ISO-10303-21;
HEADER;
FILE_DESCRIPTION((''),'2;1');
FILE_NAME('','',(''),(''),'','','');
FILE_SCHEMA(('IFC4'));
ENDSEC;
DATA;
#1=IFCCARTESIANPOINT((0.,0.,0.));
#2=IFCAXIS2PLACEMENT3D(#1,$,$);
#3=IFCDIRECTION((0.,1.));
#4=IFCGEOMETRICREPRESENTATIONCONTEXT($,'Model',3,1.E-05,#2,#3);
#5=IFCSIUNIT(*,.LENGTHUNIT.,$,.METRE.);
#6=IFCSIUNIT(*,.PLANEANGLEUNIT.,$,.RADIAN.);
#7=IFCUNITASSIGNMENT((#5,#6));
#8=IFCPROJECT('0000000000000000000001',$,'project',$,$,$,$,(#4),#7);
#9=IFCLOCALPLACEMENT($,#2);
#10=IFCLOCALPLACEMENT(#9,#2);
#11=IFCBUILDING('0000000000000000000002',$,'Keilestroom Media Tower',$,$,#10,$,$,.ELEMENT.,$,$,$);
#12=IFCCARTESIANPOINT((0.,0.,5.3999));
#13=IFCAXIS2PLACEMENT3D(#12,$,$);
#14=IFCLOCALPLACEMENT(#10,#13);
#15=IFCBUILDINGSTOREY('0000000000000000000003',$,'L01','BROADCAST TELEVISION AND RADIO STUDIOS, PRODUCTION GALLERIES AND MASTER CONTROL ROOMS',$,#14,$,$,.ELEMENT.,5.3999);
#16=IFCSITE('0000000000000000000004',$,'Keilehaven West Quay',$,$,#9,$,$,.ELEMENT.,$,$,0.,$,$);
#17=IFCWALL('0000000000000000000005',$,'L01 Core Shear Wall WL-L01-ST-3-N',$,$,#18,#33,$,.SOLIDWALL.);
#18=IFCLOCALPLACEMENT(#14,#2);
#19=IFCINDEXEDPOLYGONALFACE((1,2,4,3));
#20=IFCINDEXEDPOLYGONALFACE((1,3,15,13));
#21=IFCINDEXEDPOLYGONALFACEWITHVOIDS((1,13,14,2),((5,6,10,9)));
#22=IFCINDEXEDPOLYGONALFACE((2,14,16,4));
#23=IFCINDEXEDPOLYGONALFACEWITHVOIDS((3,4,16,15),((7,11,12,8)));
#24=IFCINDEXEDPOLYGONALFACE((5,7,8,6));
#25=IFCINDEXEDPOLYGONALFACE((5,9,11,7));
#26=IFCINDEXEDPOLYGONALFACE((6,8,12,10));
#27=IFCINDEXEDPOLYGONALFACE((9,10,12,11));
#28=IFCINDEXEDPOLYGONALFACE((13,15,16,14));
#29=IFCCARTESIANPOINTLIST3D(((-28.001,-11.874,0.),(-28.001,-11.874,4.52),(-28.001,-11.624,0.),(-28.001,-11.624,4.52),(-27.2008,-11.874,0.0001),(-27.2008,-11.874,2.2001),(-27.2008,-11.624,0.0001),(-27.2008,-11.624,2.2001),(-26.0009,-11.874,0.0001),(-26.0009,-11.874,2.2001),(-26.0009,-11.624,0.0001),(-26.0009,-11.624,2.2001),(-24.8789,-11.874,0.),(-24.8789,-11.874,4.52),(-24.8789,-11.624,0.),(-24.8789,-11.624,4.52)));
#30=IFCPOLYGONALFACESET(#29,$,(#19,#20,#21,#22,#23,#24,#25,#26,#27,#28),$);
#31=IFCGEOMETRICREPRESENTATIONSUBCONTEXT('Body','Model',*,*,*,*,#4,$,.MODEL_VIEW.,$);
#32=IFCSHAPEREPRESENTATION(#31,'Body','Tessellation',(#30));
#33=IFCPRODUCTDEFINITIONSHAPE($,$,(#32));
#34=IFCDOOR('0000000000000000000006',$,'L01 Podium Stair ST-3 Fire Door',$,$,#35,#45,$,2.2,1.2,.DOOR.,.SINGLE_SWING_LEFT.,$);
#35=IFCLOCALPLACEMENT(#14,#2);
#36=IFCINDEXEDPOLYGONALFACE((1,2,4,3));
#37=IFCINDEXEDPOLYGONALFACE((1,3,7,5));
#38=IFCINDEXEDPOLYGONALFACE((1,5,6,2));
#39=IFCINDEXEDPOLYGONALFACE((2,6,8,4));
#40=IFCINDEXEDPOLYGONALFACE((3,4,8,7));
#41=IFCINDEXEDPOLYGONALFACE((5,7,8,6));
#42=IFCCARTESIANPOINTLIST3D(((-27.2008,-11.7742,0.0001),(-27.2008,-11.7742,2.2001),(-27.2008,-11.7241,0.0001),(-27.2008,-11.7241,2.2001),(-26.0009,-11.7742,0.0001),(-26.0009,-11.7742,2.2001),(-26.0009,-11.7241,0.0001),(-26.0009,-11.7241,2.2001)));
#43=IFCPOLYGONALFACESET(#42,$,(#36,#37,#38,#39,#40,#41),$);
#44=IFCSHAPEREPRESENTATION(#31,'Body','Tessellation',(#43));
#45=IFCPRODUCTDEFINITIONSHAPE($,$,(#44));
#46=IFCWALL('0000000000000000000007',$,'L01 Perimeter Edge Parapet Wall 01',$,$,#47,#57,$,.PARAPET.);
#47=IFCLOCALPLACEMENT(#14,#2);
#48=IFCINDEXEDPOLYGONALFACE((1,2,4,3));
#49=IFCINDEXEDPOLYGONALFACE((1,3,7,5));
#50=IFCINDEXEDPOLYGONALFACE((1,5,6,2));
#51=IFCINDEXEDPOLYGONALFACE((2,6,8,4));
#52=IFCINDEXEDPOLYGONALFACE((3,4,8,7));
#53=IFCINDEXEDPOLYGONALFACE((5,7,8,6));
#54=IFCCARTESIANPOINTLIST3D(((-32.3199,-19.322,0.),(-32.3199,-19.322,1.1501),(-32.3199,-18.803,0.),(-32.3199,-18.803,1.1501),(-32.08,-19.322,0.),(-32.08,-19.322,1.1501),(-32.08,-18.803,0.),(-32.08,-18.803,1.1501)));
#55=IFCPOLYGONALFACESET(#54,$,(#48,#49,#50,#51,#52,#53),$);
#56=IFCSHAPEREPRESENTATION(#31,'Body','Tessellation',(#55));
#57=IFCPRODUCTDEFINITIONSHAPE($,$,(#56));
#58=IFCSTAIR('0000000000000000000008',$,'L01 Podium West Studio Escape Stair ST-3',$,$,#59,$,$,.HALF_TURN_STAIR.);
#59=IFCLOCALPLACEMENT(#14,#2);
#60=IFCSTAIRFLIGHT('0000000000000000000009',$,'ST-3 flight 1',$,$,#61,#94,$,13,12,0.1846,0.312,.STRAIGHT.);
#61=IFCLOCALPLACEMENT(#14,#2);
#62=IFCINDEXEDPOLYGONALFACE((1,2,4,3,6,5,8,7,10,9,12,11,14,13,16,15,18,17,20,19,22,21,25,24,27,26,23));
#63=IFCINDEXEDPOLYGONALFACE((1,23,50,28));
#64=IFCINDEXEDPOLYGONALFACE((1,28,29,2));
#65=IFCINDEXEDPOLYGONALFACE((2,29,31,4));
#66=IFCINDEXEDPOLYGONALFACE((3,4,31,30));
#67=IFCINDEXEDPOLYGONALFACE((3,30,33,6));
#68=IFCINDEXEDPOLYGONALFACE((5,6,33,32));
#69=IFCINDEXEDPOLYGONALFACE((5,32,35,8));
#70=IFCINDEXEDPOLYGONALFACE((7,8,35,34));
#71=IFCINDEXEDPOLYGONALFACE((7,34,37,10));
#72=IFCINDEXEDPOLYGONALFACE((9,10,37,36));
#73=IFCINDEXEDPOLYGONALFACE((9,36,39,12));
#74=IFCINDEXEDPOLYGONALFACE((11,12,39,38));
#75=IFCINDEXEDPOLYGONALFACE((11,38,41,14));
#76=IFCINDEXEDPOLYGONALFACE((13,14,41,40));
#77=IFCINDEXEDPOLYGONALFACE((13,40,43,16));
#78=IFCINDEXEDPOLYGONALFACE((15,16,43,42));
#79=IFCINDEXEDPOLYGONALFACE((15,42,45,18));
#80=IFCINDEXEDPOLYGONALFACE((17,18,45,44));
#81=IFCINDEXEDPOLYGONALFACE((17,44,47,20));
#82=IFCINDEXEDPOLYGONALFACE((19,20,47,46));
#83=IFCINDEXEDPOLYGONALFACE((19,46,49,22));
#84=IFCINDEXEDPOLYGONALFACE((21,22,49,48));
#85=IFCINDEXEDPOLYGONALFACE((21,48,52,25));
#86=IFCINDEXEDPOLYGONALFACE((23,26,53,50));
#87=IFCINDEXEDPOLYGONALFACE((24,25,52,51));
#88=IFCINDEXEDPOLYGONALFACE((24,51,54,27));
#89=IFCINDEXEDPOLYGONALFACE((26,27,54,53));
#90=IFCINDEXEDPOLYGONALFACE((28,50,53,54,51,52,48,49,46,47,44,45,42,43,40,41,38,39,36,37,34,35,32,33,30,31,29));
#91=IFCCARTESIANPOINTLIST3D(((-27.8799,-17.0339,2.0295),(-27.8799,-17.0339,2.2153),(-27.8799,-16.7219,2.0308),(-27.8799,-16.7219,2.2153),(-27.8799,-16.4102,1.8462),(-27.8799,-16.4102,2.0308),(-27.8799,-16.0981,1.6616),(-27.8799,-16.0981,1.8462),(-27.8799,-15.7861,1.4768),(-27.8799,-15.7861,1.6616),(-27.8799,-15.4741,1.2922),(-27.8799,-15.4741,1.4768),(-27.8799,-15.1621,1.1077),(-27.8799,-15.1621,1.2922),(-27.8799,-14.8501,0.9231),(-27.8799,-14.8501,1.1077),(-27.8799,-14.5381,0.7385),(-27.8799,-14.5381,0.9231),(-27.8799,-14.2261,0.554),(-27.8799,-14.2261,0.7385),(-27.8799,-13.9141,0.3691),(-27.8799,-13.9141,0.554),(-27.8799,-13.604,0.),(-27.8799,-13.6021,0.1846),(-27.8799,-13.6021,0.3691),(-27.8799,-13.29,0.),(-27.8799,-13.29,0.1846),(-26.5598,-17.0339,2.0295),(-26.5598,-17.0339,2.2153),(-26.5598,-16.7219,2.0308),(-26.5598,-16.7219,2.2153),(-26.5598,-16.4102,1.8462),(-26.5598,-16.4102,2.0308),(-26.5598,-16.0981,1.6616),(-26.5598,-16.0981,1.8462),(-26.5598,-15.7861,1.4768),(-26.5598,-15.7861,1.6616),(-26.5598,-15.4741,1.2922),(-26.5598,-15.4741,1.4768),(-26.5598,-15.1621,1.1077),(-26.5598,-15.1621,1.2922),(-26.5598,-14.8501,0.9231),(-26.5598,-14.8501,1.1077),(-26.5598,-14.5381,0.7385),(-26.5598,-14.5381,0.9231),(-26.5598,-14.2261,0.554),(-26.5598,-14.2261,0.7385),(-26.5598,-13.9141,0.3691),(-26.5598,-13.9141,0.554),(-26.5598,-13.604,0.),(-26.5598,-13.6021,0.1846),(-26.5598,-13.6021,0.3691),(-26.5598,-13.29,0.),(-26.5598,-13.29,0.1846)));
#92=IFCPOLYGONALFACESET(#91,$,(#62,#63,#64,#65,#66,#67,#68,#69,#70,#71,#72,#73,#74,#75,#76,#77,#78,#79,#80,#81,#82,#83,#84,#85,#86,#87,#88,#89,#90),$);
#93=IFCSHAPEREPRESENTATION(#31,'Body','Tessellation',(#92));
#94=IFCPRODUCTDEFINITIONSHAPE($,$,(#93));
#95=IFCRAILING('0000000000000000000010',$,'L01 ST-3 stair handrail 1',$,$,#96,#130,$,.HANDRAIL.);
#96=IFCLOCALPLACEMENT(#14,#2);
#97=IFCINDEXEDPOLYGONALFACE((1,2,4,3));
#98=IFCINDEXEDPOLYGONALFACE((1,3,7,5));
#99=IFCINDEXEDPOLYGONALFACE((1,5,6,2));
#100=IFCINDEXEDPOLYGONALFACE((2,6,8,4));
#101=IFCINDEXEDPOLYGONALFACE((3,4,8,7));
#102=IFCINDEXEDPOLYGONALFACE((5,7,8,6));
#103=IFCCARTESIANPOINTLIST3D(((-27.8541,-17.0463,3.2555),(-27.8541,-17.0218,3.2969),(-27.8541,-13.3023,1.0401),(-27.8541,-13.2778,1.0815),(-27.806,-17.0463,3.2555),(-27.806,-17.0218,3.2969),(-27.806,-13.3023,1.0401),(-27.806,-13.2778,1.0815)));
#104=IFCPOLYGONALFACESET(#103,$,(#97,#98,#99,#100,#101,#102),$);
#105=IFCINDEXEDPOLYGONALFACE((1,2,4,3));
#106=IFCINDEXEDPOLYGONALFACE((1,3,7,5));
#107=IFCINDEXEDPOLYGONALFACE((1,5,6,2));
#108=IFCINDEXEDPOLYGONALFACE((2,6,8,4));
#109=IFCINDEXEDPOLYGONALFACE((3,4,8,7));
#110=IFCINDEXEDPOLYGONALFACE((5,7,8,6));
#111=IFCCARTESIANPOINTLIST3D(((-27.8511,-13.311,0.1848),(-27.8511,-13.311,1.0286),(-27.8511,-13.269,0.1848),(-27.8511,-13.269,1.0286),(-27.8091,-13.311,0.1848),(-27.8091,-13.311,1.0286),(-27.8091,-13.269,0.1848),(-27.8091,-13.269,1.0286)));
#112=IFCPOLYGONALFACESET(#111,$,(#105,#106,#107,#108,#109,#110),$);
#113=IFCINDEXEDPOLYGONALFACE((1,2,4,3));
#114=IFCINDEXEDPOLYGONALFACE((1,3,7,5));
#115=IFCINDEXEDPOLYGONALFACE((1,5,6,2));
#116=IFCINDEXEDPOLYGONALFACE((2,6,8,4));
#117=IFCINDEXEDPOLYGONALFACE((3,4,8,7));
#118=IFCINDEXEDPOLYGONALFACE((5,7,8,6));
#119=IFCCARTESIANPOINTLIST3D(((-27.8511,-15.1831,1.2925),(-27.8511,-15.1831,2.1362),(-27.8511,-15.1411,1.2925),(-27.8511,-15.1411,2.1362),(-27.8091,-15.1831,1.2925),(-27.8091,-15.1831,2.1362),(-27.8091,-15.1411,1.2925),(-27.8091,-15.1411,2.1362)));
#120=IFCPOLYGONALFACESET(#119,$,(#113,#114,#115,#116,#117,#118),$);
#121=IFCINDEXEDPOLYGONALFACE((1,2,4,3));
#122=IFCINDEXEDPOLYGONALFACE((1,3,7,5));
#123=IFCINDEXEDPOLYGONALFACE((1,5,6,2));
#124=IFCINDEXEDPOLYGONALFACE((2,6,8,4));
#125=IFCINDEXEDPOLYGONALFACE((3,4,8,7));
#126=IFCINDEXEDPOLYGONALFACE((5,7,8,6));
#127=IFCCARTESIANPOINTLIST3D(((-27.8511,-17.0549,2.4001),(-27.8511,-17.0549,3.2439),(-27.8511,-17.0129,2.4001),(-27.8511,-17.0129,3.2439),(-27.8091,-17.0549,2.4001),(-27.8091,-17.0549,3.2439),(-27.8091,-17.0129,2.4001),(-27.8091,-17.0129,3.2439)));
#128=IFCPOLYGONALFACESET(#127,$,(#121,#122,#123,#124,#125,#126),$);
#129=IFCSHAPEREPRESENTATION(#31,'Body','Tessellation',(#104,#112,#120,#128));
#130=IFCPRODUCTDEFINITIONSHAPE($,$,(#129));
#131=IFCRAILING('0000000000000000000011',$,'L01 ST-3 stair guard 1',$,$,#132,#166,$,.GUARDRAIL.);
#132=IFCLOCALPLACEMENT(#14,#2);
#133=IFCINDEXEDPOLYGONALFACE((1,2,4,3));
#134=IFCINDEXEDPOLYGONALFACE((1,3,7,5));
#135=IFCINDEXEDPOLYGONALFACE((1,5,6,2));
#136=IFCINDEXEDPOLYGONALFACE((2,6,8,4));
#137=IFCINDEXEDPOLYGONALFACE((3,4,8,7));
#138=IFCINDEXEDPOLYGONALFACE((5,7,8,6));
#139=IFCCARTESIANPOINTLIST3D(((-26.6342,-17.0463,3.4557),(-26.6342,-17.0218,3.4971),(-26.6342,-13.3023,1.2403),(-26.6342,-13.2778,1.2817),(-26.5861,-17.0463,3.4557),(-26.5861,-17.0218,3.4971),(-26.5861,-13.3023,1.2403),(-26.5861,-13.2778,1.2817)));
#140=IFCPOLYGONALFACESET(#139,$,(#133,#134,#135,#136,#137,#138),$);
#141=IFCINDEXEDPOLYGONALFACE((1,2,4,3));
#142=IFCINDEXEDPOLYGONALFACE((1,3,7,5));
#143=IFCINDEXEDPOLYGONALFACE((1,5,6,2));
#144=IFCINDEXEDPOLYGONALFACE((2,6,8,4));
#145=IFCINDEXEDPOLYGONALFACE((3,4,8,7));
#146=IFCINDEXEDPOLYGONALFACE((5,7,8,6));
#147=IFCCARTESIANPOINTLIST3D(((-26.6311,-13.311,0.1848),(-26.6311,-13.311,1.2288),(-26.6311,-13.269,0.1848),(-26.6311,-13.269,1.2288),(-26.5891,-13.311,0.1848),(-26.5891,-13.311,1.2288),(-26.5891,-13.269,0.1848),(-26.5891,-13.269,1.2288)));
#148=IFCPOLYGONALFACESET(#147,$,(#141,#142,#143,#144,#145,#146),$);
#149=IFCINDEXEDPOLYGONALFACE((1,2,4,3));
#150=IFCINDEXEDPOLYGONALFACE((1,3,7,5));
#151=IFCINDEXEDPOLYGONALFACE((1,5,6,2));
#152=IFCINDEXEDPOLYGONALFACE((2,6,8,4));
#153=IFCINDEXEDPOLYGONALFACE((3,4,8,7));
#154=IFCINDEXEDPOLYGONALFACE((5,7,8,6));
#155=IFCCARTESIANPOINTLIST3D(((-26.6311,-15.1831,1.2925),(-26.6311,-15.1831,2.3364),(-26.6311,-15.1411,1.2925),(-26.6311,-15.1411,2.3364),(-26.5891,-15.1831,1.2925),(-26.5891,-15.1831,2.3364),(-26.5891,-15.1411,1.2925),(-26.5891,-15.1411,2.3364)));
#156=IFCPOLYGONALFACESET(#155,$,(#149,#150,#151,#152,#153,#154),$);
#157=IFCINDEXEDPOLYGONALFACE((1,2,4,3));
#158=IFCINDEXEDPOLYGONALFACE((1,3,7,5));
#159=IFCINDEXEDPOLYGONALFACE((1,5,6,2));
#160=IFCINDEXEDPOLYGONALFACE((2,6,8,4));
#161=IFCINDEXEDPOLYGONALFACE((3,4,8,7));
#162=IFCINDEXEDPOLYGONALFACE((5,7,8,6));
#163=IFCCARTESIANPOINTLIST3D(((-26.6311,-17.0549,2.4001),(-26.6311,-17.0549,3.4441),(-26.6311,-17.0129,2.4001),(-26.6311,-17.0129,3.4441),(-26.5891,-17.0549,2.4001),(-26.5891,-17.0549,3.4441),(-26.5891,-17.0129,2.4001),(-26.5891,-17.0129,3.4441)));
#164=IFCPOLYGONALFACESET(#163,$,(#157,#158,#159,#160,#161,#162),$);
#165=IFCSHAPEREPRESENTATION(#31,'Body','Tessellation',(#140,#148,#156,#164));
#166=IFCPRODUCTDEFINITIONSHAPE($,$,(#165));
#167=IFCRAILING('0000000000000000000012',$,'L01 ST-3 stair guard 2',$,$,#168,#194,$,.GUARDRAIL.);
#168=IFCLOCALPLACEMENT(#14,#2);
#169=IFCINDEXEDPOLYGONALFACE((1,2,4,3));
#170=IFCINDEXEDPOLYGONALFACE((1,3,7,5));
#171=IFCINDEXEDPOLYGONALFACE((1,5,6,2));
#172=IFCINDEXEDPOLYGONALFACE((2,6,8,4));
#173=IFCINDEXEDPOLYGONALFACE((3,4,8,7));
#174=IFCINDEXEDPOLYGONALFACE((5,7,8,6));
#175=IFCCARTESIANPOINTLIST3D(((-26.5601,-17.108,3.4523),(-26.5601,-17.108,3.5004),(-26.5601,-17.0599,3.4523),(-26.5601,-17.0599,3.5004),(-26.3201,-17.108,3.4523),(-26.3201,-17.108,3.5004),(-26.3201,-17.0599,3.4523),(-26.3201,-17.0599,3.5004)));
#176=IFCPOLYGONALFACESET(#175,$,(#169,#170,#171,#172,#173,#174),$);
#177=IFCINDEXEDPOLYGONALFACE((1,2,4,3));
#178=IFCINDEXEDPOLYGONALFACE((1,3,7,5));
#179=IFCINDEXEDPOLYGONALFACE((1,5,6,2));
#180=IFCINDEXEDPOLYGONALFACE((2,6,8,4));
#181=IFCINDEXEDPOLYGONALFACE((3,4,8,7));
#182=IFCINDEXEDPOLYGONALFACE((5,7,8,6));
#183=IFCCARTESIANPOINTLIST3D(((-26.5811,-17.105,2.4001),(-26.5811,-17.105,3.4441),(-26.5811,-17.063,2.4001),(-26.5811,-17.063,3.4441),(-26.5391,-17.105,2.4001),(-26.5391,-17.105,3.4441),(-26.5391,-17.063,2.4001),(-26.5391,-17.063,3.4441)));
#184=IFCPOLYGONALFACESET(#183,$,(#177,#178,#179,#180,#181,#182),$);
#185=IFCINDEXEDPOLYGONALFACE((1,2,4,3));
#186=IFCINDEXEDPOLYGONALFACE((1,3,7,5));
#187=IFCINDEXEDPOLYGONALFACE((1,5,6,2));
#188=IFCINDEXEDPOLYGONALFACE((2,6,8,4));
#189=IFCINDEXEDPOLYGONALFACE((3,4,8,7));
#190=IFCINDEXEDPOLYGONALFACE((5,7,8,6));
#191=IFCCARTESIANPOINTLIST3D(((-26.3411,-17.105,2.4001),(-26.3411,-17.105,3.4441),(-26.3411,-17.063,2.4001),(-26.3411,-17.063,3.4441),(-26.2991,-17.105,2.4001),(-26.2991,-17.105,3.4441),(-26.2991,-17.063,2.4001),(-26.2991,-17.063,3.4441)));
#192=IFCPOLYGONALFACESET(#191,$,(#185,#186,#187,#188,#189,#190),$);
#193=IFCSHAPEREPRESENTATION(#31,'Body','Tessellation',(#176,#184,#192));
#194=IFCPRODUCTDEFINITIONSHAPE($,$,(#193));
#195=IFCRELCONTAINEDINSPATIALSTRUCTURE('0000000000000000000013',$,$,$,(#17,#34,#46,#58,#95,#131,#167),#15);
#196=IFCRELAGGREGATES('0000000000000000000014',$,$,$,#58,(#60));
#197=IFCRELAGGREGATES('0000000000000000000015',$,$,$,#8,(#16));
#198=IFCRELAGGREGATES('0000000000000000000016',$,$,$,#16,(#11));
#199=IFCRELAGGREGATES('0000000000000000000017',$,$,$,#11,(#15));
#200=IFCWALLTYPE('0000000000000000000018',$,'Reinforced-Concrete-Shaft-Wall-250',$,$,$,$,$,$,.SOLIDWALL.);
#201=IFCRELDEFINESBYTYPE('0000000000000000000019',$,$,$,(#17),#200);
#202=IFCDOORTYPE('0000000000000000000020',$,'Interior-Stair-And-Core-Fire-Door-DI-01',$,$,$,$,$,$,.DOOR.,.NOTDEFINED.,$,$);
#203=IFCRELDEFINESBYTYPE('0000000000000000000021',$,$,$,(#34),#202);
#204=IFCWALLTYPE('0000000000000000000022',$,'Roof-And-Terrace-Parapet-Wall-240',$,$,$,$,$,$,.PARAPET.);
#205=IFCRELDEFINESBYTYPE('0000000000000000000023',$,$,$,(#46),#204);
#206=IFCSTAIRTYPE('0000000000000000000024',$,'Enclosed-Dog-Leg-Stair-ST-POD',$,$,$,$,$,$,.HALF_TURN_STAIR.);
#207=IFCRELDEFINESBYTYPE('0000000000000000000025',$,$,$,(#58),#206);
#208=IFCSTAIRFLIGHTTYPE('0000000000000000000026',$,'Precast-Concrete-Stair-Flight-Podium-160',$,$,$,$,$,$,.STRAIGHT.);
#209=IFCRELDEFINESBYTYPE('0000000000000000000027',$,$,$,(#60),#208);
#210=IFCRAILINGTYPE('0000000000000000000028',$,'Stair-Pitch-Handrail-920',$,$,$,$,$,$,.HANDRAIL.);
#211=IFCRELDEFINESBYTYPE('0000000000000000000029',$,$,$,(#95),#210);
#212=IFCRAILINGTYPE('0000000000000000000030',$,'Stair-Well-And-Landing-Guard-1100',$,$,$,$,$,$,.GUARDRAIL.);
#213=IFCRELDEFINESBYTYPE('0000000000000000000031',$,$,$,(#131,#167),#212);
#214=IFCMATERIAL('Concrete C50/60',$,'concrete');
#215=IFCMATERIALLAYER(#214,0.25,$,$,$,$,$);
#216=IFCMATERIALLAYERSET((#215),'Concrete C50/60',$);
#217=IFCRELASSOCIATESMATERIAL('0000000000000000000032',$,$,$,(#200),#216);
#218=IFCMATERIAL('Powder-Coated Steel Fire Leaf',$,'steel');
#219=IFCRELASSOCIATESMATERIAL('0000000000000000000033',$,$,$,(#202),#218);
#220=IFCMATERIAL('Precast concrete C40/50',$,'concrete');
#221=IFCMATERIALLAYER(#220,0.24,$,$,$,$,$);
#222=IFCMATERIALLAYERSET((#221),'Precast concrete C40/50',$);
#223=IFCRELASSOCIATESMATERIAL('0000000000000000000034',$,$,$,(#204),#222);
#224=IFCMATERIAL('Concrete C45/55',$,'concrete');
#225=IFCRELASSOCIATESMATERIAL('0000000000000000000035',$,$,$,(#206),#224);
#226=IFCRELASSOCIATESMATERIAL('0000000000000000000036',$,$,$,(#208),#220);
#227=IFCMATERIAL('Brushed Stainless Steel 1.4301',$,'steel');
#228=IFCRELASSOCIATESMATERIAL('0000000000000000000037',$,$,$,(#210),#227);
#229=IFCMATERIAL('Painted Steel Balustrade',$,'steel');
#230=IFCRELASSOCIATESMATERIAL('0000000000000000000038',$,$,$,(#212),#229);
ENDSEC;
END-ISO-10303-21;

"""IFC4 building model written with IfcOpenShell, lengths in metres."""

from ifc_helpers import new_model, si_unit, direction, frame, frame_2d, origin, origin_2d, place, context, subcontext, project, spatial, polyline, rectangle, outline, extrude, source, transform, mapped, material, layer, layer_set, type_object, element, fill, aggregate, save


model = new_model("IFC4")

# Units and contexts
model_context = context("Model", 3, precision=1e-05, world=origin(), true_north=direction((0.0, 1.0)))
body_context = subcontext(model_context, "Body", "Model", "MODEL_VIEW")
ifc_project = project(units=[si_unit("LENGTHUNIT", "METRE"), si_unit("PLANEANGLEUNIT", "RADIAN")], contexts=[model_context])

# Site, building, storey
site_placement = place(None, origin())
site = spatial("IfcSite", under=ifc_project, at=site_placement, Name="Keilehaven West Quay", CompositionType="ELEMENT", RefElevation=0.0)
building_placement = place(site_placement, origin())
building = spatial("IfcBuilding", under=site, at=building_placement, Name="Keilestroom Media Tower", CompositionType="ELEMENT")
storey_placement = place(building_placement, frame((0.0, 0.0, 5.3999)))
storey = spatial("IfcBuildingStorey", under=building, at=storey_placement, Name="L01", Description="BROADCAST TELEVISION AND RADIO STUDIOS, PRODUCTION GALLERIES AND MASTER CONTROL ROOMS", CompositionType="ELEMENT", Elevation=5.3999)

# Shared definitions
ifc_material_1 = material(Name="Precast concrete C40/50", Category="concrete")

# Shared definitions
ifc_material_2 = material(Name="Concrete C50/60", Category="concrete")
ifc_layer_1 = layer(ifc_material_2, 0.25)
ifc_layer_set_1 = layer_set([ifc_layer_1], Name="Concrete C50/60")
wall_type_1 = type_object("IfcWallType", Name="Reinforced-Concrete-Shaft-Wall-250", PredefinedType="SOLIDWALL", material=ifc_layer_set_1)

# Wall, opening, door
wall_1_placement = place(storey_placement, frame((-28.001, -11.749, 0.0), z_axis=(0.0, 0.0, 1.0), x_axis=(1.0, 0.0, 0.0)))
wall_1 = element("IfcWall", 1, at=wall_1_placement, inside=storey, type_object=wall_type_1, Name="L01 Core Shear Wall WL-L01-ST-3-N", PredefinedType="SOLIDWALL", context=body_context, shape_type="SweptSolid", body=[
    extrude(rectangle(XDim=3.1221, YDim=0.25, at=frame_2d((1.561, 0.0))), origin(), (0.0, 0.0, 1.0), 4.52),
])
opening_1_placement = place(wall_1_placement, frame((0.8, 0.0, 0.0)))
opening_1 = element("IfcOpeningElement", 2, at=opening_1_placement, cuts=wall_1, PredefinedType="OPENING", context=body_context, shape_type="SweptSolid", body=[
    extrude(rectangle(XDim=1.2, YDim=2.2, at=frame_2d((0.6001, 1.1001))), frame((0.0, 0.135, 0.0), z_axis=(0.0, -1.0, 0.0), x_axis=(1.0, 0.0, 0.0)), (0.0, 0.0, 1.0), 0.27),
])
ifc_material_3 = material(Name="Powder-Coated Steel Fire Leaf", Category="steel")
door_type = type_object("IfcDoorType", Name="Interior-Stair-And-Core-Fire-Door-DI-01", OperationType="NOTDEFINED", PredefinedType="DOOR", material=ifc_material_3)
shared_shape_1 = source(origin(), body_context, "Body", "SweptSolid", [
    extrude(rectangle(XDim=1.2, YDim=2.2, at=frame_2d((0.6001, 1.1001))), frame((0.0, 0.0249, 0.0), z_axis=(0.0, -1.0, 0.0), x_axis=(1.0, 0.0, 0.0)), (0.0, 0.0, 1.0), 0.05),
])
door_placement = place(opening_1_placement, origin())
door = element("IfcDoor", 3, at=door_placement, inside=storey, type_object=door_type, Name="L01 Podium Stair ST-3 Fire Door", OperationType="SINGLE_SWING_LEFT", OverallHeight=2.2, OverallWidth=1.2, PredefinedType="DOOR", context=body_context, shape_type="MappedRepresentation", body=[
    mapped(shared_shape_1, transform((0.0, 0.0, 0.0), x_axis=(1.0, 0.0, 0.0), y_axis=(0.0, 1.0, 0.0), z_axis=(0.0, 0.0, 1.0), scale=1.0)),
])
fill(opening_1, door)

# Wall
ifc_layer_2 = layer(ifc_material_1, 0.24)
ifc_layer_set_2 = layer_set([ifc_layer_2], Name="Precast concrete C40/50")
wall_type_2 = type_object("IfcWallType", Name="Roof-And-Terrace-Parapet-Wall-240", PredefinedType="PARAPET", material=ifc_layer_set_2)
wall_2_placement = place(storey_placement, frame((-32.2, -19.322, 0.0), z_axis=(0.0, 0.0, 1.0), x_axis=(0.0, 1.0, 0.0)))
element("IfcWall", 4, at=wall_2_placement, inside=storey, type_object=wall_type_2, Name="L01 Perimeter Edge Parapet Wall 01", PredefinedType="PARAPET", context=body_context, shape_type="SweptSolid", body=[
    extrude(rectangle(XDim=0.519, YDim=0.24, at=frame_2d((0.2595, 0.0))), origin(), (0.0, 0.0, 1.0), 1.1501),
])

# Stair, stair flight
ifc_material_4 = material(Name="Concrete C45/55", Category="concrete")
stair_type = type_object("IfcStairType", Name="Enclosed-Dog-Leg-Stair-ST-POD", PredefinedType="HALF_TURN_STAIR", material=ifc_material_4)
stair_placement = place(storey_placement, origin())
stair = element("IfcStair", 5, at=stair_placement, inside=storey, type_object=stair_type, Name="L01 Podium West Studio Escape Stair ST-3", PredefinedType="HALF_TURN_STAIR")
stair_flight_type = type_object("IfcStairFlightType", Name="Precast-Concrete-Stair-Flight-Podium-160", PredefinedType="STRAIGHT", material=ifc_material_1)
stair_flight_placement = place(storey_placement, frame((-27.22, -13.29, 0.0), z_axis=(0.0, 0.0, 1.0), x_axis=(0.0, -1.0, 0.0)))
stair_flight = element("IfcStairFlight", 6, at=stair_flight_placement, type_object=stair_flight_type, Name="ST-3 flight 1", NumberOfRisers=13, NumberOfTreads=12, PredefinedType="STRAIGHT", RiserHeight=0.1846, TreadLength=0.312, context=body_context, shape_type="SweptSolid", body=[
    extrude(outline(polyline([(0.0, 0.0), (0.0, 0.1846), (0.312, 0.1846), (0.312, 0.3691), (0.624, 0.3691), (0.624, 0.554), (0.936, 0.554), (0.936, 0.7385), (1.248, 0.7385), (1.248, 0.9231), (1.5601, 0.9231), (1.5601, 1.1077), (1.8721, 1.1077), (1.8721, 1.2922), (2.1841, 1.2922), (2.1841, 1.4768), (2.4961, 1.4768), (2.4961, 1.6616), (2.8081, 1.6616), (2.8081, 1.8462), (3.1201, 1.8462), (3.1201, 2.0308), (3.4319, 2.0308), (3.4319, 2.2153), (3.7439, 2.2153), (3.7439, 2.3999), (3.7439, 2.0295), (0.314, 0.0), (0.0, 0.0)])), frame((0.0, 0.6602, 0.0), z_axis=(0.0, -1.0, 0.0), x_axis=(1.0, 0.0, 0.0)), (0.0, 0.0, 1.0), 1.3201),
])
aggregate(stair, [stair_flight])

# Railings
ifc_material_5 = material(Name="Brushed Stainless Steel 1.4301", Category="steel")
railing_type_1 = type_object("IfcRailingType", Name="Stair-Pitch-Handrail-920", PredefinedType="HANDRAIL", material=ifc_material_5)
railing_1_placement = place(storey_placement, frame((-27.8301, -13.29, 0.1848)))
element("IfcRailing", 7, at=railing_1_placement, inside=storey, type_object=railing_type_1, Name="L01 ST-3 stair handrail 1", PredefinedType="HANDRAIL", context=body_context, shape_type="SweptSolid", body=[
    extrude(rectangle(XDim=0.0481, YDim=0.0481, at=origin_2d()), frame((0.0, 0.0, 0.876), z_axis=(0.0, -0.860621, 0.509245), x_axis=(1.0, 0.0, 0.0)), (0.0, 0.0, 1.0), 4.3503),
    extrude(rectangle(XDim=0.042, YDim=0.042, at=origin_2d()), origin(), (0.0, 0.0, 1.0), 0.8438),
    extrude(rectangle(XDim=0.042, YDim=0.042, at=origin_2d()), frame((0.0, -1.8721, 1.1077)), (0.0, 0.0, 1.0), 0.8438),
    extrude(rectangle(XDim=0.042, YDim=0.042, at=origin_2d()), frame((0.0, -3.7439, 2.2153)), (0.0, 0.0, 1.0), 0.8438),
])
ifc_material_6 = material(Name="Painted Steel Balustrade", Category="steel")
railing_type_2 = type_object("IfcRailingType", Name="Stair-Well-And-Landing-Guard-1100", PredefinedType="GUARDRAIL", material=ifc_material_6)
railing_2_placement = place(storey_placement, frame((-26.6101, -13.29, 0.1848)))
element("IfcRailing", 8, at=railing_2_placement, inside=storey, type_object=railing_type_2, Name="L01 ST-3 stair guard 1", PredefinedType="GUARDRAIL", context=body_context, shape_type="SweptSolid", body=[
    extrude(rectangle(XDim=0.0481, YDim=0.0481, at=origin_2d()), frame((0.0, 0.0, 1.0762), z_axis=(0.0, -0.860621, 0.509245), x_axis=(1.0, 0.0, 0.0)), (0.0, 0.0, 1.0), 4.3503),
    extrude(rectangle(XDim=0.042, YDim=0.042, at=origin_2d()), origin(), (0.0, 0.0, 1.0), 1.0439),
    extrude(rectangle(XDim=0.042, YDim=0.042, at=origin_2d()), frame((0.0, -1.8721, 1.1077)), (0.0, 0.0, 1.0), 1.0439),
    extrude(rectangle(XDim=0.042, YDim=0.042, at=origin_2d()), frame((0.0, -3.7439, 2.2153)), (0.0, 0.0, 1.0), 1.0439),
])
for number, where, name in (
    (9, (-26.5601, -17.084, 2.4001), "L01 ST-3 stair guard 2"),
):
    element("IfcRailing", number, at=place(storey_placement, frame(where)), inside=storey, type_object=railing_type_2, Name=name, PredefinedType="GUARDRAIL", context=body_context, shape_type="SweptSolid", body=[
        extrude(rectangle(XDim=0.0481, YDim=0.0481, at=origin_2d()), frame((0.0, 0.0, 1.0762), z_axis=(1.0, 0.0, 0.0), x_axis=(0.0, 1.0, 0.0)), (0.0, 0.0, 1.0), 0.24),
        extrude(rectangle(XDim=0.042, YDim=0.042, at=origin_2d()), origin(), (0.0, 0.0, 1.0), 1.0439),
        extrude(rectangle(XDim=0.042, YDim=0.042, at=origin_2d()), frame((0.24, 0.0, 0.0)), (0.0, 0.0, 1.0), 1.0439),
    ])

save(model, "model.ifc")
